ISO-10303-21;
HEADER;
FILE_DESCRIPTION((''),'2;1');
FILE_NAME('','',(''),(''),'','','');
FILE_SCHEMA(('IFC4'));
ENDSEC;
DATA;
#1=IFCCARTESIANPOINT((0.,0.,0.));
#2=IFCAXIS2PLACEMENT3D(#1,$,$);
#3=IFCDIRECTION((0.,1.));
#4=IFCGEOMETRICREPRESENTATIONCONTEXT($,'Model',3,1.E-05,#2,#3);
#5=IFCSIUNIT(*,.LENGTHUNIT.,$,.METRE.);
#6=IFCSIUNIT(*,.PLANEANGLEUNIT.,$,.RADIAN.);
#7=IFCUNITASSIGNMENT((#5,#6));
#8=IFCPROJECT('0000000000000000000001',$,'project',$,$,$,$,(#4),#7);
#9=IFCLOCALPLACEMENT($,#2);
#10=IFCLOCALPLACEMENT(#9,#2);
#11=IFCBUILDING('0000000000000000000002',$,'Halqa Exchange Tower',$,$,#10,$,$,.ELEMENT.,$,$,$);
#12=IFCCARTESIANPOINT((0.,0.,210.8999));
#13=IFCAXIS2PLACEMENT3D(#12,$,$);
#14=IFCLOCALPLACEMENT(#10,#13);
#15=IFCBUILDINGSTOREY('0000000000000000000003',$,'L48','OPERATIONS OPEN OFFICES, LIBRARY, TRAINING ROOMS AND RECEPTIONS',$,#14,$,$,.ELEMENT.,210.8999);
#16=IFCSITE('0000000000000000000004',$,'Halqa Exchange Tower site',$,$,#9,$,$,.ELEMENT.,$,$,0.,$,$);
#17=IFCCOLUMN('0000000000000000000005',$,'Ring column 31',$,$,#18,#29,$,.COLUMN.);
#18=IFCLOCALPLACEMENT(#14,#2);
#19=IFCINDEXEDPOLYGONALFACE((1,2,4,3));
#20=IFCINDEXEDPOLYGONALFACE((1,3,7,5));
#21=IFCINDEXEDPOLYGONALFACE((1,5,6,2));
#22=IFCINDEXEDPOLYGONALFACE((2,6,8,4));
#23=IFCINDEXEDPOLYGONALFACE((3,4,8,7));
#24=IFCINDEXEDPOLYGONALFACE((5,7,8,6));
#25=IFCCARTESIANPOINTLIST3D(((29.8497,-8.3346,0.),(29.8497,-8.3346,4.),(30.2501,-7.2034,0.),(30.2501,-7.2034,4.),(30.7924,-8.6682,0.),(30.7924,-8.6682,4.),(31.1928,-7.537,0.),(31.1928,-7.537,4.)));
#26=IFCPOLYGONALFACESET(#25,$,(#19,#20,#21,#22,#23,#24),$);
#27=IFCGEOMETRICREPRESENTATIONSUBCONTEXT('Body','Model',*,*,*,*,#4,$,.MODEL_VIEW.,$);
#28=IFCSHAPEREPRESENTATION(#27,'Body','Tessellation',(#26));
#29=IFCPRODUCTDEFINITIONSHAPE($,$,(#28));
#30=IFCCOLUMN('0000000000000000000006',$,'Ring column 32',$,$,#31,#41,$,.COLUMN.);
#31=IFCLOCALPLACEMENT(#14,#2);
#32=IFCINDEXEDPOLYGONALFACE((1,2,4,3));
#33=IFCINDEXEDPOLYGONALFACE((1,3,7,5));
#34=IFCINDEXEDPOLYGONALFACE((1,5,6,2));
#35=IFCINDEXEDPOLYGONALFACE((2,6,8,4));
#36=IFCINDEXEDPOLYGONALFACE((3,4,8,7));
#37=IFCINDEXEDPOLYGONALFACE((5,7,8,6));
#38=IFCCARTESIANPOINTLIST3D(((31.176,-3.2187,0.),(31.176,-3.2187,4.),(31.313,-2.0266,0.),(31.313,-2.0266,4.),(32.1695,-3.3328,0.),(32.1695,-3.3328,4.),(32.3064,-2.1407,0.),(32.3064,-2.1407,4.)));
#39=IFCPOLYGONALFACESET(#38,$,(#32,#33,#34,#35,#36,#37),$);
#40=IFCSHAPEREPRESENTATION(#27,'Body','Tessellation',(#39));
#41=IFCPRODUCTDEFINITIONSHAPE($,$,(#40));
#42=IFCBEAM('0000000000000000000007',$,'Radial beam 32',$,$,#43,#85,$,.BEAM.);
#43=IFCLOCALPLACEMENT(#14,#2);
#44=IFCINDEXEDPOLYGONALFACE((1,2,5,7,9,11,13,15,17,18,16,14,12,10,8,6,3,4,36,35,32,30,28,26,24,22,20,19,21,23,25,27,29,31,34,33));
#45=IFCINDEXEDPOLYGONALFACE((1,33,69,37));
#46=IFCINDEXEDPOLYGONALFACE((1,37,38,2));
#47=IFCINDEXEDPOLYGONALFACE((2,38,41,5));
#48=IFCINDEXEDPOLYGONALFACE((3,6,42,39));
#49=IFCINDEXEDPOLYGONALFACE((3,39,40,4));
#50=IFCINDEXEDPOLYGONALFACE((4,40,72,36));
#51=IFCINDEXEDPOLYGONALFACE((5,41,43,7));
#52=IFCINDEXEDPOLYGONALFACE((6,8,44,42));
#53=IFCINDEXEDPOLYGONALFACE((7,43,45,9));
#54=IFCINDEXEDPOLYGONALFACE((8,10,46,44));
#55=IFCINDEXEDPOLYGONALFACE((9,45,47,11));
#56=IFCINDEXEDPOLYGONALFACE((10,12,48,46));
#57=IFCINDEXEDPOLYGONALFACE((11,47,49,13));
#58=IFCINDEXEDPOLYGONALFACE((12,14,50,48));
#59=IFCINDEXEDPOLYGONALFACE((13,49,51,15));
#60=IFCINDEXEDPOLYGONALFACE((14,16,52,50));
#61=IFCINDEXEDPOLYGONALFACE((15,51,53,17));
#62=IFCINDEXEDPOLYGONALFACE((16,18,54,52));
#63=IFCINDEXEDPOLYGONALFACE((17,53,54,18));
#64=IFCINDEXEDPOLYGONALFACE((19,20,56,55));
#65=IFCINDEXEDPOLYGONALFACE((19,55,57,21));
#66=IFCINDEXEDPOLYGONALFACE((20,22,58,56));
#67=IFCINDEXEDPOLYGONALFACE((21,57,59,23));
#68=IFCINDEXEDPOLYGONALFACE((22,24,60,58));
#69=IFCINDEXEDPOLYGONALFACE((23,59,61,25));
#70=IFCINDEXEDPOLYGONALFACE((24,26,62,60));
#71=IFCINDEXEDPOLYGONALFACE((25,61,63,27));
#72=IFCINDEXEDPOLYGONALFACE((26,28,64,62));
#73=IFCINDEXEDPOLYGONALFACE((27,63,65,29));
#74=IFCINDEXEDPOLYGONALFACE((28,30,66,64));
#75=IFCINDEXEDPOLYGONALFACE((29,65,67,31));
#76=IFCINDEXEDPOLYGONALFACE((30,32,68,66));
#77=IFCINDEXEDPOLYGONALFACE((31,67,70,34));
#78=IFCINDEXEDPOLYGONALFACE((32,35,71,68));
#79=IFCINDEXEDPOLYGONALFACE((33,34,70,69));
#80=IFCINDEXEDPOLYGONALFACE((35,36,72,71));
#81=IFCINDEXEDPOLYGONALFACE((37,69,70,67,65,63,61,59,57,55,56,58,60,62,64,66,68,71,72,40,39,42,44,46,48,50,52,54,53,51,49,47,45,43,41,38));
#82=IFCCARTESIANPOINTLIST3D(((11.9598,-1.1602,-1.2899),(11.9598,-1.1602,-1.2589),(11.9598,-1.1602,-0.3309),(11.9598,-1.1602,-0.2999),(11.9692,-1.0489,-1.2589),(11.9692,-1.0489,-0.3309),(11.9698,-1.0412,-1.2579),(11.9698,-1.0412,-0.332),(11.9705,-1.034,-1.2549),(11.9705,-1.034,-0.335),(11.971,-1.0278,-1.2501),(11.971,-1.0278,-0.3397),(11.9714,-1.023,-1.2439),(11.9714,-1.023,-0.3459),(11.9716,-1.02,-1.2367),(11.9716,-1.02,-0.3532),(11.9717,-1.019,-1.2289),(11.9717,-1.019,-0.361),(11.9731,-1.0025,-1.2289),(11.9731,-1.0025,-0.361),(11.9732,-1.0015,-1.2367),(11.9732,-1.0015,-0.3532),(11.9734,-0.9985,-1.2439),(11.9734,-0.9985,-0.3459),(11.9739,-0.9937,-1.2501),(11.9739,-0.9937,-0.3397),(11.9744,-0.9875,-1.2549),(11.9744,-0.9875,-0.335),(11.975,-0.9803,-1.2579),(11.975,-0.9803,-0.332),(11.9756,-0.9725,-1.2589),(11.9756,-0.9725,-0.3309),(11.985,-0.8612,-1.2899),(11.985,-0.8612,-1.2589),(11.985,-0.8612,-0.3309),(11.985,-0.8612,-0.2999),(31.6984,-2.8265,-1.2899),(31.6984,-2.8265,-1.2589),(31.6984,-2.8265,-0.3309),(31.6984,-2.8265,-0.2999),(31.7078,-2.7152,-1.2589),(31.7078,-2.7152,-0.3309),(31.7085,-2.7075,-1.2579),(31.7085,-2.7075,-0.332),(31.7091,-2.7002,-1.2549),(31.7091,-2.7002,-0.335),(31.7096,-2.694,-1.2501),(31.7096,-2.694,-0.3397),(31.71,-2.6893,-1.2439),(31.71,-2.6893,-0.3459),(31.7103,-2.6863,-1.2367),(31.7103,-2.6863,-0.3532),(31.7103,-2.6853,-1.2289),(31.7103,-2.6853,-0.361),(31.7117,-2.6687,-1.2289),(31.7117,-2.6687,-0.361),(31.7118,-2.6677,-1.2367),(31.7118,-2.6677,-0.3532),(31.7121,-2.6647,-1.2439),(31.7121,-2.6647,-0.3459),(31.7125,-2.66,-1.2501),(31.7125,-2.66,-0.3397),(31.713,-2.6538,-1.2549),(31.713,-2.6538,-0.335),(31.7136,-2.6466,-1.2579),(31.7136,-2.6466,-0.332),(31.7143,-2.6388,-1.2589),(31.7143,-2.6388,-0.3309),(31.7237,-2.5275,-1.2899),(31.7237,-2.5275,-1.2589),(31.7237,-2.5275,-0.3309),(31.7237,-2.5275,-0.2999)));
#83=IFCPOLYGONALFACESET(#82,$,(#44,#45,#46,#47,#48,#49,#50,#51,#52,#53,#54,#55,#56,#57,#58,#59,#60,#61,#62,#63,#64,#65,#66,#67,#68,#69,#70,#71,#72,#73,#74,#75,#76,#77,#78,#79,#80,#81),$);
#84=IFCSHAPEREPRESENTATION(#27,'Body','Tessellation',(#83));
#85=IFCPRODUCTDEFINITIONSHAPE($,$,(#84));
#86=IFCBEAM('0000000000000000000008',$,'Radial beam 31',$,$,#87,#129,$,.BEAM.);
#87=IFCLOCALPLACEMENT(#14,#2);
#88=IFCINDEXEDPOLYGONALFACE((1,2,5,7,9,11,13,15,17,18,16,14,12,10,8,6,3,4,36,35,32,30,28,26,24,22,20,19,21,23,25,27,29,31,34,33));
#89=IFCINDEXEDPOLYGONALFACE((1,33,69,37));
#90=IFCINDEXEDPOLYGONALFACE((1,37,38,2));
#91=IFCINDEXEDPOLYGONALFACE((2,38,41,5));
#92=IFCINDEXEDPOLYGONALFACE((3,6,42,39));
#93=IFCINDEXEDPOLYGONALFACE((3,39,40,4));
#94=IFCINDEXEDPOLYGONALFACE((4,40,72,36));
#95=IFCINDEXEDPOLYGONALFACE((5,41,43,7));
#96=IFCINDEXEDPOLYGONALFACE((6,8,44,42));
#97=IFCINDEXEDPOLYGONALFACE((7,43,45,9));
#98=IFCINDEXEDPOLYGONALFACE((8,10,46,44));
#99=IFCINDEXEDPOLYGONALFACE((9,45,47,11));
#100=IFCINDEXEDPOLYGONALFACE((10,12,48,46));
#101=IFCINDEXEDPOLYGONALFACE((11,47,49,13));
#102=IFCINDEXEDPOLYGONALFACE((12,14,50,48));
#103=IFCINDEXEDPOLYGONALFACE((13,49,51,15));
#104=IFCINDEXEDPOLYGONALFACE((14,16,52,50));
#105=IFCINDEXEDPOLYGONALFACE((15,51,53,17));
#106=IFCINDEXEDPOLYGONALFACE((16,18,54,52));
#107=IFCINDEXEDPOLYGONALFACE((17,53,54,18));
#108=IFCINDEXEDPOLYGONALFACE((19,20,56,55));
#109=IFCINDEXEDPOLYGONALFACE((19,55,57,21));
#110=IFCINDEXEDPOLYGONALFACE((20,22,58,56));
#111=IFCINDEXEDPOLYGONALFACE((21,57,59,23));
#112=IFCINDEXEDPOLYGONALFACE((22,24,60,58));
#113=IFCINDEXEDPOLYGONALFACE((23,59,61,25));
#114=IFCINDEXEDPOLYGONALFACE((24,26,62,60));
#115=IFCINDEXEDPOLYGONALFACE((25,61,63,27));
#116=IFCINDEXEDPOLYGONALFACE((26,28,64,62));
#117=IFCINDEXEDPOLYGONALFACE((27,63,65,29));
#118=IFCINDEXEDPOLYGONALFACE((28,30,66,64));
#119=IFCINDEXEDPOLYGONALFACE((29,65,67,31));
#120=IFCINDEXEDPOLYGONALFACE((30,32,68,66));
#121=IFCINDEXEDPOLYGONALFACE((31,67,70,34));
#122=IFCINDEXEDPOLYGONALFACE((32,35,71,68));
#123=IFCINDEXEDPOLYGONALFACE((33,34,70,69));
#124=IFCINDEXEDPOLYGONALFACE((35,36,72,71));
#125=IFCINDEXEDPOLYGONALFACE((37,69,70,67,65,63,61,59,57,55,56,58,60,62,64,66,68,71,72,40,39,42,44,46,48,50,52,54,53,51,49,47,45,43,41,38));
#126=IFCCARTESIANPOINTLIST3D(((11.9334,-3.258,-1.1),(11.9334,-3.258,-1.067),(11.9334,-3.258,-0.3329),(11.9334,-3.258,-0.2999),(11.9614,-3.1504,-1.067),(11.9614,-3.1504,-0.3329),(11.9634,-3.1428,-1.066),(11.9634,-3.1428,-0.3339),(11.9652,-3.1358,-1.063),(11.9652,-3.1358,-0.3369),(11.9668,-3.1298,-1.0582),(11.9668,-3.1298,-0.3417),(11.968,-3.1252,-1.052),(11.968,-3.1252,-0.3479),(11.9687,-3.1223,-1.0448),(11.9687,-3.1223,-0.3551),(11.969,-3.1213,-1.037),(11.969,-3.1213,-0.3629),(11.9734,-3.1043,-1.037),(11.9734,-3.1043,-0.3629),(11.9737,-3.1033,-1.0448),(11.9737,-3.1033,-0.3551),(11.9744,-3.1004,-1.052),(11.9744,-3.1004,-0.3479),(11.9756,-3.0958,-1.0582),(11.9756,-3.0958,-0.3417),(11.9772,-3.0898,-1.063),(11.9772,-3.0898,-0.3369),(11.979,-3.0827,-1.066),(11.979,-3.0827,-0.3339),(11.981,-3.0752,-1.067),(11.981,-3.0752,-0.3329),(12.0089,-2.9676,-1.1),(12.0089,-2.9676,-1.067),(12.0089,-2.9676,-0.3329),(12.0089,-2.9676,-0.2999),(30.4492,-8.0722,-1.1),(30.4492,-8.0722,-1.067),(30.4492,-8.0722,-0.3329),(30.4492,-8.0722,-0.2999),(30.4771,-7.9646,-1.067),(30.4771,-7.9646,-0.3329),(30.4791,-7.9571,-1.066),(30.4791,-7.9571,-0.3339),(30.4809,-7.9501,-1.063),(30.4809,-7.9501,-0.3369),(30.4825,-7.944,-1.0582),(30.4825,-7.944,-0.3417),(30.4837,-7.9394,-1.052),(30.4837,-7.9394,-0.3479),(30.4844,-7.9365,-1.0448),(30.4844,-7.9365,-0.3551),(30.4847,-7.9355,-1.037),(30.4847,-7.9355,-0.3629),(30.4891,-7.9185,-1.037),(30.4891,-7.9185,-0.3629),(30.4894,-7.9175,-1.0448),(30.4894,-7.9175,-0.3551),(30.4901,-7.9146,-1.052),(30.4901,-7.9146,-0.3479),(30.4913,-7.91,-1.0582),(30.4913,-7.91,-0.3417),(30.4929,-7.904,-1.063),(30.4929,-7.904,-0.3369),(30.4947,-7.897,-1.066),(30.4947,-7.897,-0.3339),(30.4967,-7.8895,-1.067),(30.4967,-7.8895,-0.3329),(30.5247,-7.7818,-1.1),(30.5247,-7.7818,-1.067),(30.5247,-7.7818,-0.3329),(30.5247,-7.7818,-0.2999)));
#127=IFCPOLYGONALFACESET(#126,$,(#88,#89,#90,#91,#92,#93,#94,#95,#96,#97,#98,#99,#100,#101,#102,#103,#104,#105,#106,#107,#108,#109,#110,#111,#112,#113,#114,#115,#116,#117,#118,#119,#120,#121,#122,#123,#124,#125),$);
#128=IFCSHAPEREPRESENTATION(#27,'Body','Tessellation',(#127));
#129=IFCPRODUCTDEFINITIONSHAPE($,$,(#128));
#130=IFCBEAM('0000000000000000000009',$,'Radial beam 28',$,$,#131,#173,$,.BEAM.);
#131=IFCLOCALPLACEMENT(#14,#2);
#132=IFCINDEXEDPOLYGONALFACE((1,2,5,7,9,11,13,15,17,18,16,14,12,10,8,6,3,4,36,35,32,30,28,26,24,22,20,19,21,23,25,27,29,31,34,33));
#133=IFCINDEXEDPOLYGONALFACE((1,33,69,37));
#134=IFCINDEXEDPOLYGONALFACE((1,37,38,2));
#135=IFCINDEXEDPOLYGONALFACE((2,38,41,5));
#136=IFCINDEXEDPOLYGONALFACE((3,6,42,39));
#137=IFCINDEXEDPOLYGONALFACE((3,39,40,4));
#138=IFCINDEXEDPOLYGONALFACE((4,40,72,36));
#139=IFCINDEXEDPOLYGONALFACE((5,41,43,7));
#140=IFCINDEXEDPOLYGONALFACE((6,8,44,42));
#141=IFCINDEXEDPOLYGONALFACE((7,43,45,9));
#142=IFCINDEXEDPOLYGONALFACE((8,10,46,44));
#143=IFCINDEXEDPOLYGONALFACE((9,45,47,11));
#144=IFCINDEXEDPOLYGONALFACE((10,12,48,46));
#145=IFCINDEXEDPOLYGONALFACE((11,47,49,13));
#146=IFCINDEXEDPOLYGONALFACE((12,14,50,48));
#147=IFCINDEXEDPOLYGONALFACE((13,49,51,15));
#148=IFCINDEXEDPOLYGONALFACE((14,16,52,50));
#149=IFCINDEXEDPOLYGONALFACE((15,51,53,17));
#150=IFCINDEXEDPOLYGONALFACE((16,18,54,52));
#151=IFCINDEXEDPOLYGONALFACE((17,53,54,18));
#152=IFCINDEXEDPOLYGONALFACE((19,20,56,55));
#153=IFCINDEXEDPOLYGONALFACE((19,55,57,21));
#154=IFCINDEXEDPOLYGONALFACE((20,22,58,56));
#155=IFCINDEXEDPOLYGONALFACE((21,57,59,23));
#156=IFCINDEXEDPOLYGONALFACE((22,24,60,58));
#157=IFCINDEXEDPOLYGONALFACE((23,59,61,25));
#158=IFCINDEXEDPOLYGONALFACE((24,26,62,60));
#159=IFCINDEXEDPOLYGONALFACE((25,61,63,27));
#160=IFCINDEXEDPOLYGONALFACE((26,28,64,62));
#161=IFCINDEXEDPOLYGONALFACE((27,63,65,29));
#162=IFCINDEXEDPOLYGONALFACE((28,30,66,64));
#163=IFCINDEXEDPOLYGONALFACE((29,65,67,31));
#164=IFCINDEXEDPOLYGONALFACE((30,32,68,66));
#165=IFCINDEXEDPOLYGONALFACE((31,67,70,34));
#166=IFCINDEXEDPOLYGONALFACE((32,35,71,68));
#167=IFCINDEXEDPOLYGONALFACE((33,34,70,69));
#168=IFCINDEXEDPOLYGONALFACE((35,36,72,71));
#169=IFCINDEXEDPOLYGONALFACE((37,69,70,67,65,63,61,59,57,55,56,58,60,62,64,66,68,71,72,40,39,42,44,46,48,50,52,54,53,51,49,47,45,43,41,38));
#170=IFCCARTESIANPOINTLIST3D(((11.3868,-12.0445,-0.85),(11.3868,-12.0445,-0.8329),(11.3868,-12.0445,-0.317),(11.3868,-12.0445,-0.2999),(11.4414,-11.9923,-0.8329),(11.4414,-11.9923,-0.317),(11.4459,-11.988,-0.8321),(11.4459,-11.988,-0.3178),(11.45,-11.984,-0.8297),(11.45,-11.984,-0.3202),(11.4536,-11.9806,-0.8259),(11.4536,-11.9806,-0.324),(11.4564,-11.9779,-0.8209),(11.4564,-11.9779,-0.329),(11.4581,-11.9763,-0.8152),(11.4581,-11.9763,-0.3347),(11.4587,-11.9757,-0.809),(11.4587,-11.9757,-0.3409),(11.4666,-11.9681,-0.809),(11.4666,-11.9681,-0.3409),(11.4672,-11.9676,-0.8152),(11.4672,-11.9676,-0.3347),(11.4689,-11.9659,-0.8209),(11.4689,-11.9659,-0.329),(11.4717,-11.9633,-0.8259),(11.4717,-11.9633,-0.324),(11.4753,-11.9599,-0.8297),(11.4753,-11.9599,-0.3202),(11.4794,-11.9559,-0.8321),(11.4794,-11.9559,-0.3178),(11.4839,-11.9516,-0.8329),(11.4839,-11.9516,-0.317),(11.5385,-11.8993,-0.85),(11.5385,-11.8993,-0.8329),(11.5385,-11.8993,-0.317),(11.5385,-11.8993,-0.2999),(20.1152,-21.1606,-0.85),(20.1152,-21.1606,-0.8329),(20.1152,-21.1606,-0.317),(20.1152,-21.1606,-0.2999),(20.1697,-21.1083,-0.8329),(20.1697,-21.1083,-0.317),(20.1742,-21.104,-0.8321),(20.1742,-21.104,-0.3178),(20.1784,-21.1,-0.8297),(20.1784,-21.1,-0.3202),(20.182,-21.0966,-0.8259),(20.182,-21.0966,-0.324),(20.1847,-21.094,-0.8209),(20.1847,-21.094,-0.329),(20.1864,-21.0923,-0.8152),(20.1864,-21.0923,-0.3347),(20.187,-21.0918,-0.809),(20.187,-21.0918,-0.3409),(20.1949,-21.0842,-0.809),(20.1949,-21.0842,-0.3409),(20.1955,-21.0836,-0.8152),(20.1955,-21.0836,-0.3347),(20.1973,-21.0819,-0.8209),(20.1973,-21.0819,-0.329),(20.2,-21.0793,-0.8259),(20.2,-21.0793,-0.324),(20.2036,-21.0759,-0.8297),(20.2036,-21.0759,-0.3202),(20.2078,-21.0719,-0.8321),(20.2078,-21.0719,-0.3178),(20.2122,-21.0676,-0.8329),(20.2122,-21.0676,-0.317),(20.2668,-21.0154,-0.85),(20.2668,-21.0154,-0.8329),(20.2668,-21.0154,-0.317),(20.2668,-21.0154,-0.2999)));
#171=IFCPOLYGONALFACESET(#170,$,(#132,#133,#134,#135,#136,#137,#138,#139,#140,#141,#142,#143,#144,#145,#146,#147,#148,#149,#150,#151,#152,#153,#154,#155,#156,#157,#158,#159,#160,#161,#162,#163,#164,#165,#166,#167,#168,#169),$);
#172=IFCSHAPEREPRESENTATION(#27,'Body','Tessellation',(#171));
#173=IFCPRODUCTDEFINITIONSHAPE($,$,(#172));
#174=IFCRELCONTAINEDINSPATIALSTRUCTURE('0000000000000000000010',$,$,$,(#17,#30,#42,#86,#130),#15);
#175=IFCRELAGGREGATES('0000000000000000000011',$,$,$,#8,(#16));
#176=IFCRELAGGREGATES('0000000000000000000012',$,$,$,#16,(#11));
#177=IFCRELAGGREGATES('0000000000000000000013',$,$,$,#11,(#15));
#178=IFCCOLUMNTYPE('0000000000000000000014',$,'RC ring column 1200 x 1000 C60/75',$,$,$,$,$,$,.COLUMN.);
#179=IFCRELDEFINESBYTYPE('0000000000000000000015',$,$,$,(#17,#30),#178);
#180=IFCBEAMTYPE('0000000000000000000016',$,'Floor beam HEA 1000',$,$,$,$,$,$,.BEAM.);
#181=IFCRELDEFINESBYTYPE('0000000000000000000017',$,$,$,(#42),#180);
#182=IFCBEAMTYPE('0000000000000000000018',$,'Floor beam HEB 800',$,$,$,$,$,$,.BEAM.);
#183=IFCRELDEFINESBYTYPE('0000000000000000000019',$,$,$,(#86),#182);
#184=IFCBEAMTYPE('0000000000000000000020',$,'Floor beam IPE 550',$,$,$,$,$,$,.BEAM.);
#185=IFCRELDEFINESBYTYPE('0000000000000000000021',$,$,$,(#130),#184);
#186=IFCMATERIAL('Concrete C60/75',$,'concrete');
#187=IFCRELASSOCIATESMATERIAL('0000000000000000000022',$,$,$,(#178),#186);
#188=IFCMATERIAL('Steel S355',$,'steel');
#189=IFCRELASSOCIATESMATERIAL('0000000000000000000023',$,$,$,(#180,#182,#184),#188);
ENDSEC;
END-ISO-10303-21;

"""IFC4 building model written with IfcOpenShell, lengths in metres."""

from ifc_helpers import new_model, si_unit, direction, frame, origin, origin_2d, place, context, subcontext, project, spatial, rectangle, i_section, extrude, material, material_profile, profile_set, type_object, element, save


model = new_model("IFC4")

# Units and contexts
model_context = context("Model", 3, precision=1e-05, world=origin(), true_north=direction((0.0, 1.0)))
body_context = subcontext(model_context, "Body", "Model", "MODEL_VIEW")
ifc_project = project(units=[si_unit("LENGTHUNIT", "METRE"), si_unit("PLANEANGLEUNIT", "RADIAN")], contexts=[model_context])

# Site, building, storey
site_placement = place(None, origin())
site = spatial("IfcSite", under=ifc_project, at=site_placement, Name="Halqa Exchange Tower site", CompositionType="ELEMENT", RefElevation=0.0)
building_placement = place(site_placement, origin())
building = spatial("IfcBuilding", under=site, at=building_placement, Name="Halqa Exchange Tower", CompositionType="ELEMENT")
storey_placement = place(building_placement, frame((0.0, 0.0, 210.8999)))
storey = spatial("IfcBuildingStorey", under=building, at=storey_placement, Name="L48", Description="OPERATIONS OPEN OFFICES, LIBRARY, TRAINING ROOMS AND RECEPTIONS", CompositionType="ELEMENT", Elevation=210.8999)

# Columns
ifc_material_1 = material(Name="Concrete C60/75", Category="concrete")
ifc_material_profile_1 = material_profile(ifc_material_1, rectangle(XDim=1.2, YDim=1.0, at=origin_2d()), Name="1200 x 1000")
ifc_profile_set_1 = profile_set([ifc_material_profile_1], Name="Concrete C60/75")
column_type = type_object("IfcColumnType", Name="RC ring column 1200 x 1000 C60/75", PredefinedType="COLUMN", material=ifc_profile_set_1)
for number, where, z_axis, x_axis, name in (
    (1, (30.5212, -7.9358, 0.0), (0.0, 0.0, 1.0), (0.333626, 0.942706, 0.0), "Ring column 31"),
    (2, (31.7412, -2.6797, 0.0), (0.0, 0.0, 1.0), (0.114157, 0.993463, 0.0), "Ring column 32"),
):
    element("IfcColumn", number, at=place(storey_placement, frame(where, z_axis=z_axis, x_axis=x_axis)), inside=storey, type_object=column_type, Name=name, PredefinedType="COLUMN", context=body_context, shape_type="SweptSolid", body=[
        extrude(rectangle(XDim=1.2, YDim=1.0, at=origin_2d()), origin(), (0.0, 0.0, 1.0), 4.0),
    ])

# Beams
ifc_material_2 = material(Name="Steel S355", Category="steel")
ifc_material_profile_2 = material_profile(ifc_material_2, i_section(OverallWidth=0.3, OverallDepth=0.99, WebThickness=0.0166, FlangeThickness=0.031, FilletRadius=0.03, at=origin_2d()), Name="HEA 1000")
ifc_profile_set_2 = profile_set([ifc_material_profile_2], Name="Steel S355")
beam_type_1 = type_object("IfcBeamType", Name="Floor beam HEA 1000", PredefinedType="BEAM", material=ifc_profile_set_2)
beam_1_placement = place(storey_placement, frame((11.9724, -1.0107, -0.7949), z_axis=(0.996456, -0.084117, 0.0), x_axis=(0.084117, 0.996456, 0.0)))
element("IfcBeam", 3, at=beam_1_placement, inside=storey, type_object=beam_type_1, Name="Radial beam 32", PredefinedType="BEAM", context=body_context, shape_type="SweptSolid", body=[
    extrude(i_section(OverallWidth=0.3, OverallDepth=0.99, WebThickness=0.0166, FlangeThickness=0.031, FilletRadius=0.03, at=origin_2d()), origin(), (0.0, 0.0, 1.0), 19.8088),
])
ifc_material_profile_3 = material_profile(ifc_material_2, i_section(OverallWidth=0.3, OverallDepth=0.8, WebThickness=0.0176, FlangeThickness=0.033, FilletRadius=0.03, at=origin_2d()), Name="HEB 800")
ifc_profile_set_3 = profile_set([ifc_material_profile_3], Name="Steel S355")
beam_type_2 = type_object("IfcBeamType", Name="Floor beam HEB 800", PredefinedType="BEAM", material=ifc_profile_set_3)
beam_2_placement = place(storey_placement, frame((11.9712, -3.1128, -0.7), z_axis=(0.967821, -0.251641, 0.0), x_axis=(0.251641, 0.967821, 0.0)))
element("IfcBeam", 4, at=beam_2_placement, inside=storey, type_object=beam_type_2, Name="Radial beam 31", PredefinedType="BEAM", context=body_context, shape_type="SweptSolid", body=[
    extrude(i_section(OverallWidth=0.3, OverallDepth=0.8, WebThickness=0.0176, FlangeThickness=0.033, FilletRadius=0.03, at=origin_2d()), origin(), (0.0, 0.0, 1.0), 19.1313),
])
ifc_material_profile_4 = material_profile(ifc_material_2, i_section(OverallWidth=0.21, OverallDepth=0.55, WebThickness=0.011, FlangeThickness=0.0171, FilletRadius=0.0239, at=origin_2d()), Name="IPE 550")
ifc_profile_set_4 = profile_set([ifc_material_profile_4], Name="Steel S355")
beam_type_3 = type_object("IfcBeamType", Name="Floor beam IPE 550", PredefinedType="BEAM", material=ifc_profile_set_4)
beam_3_placement = place(storey_placement, frame((11.4626, -11.9719, -0.575), z_axis=(0.691581, -0.722299, 0.0), x_axis=(0.722299, 0.691581, 0.0)))
element("IfcBeam", 5, at=beam_3_placement, inside=storey, type_object=beam_type_3, Name="Radial beam 28", PredefinedType="BEAM", context=body_context, shape_type="SweptSolid", body=[
    extrude(i_section(OverallWidth=0.21, OverallDepth=0.55, WebThickness=0.011, FlangeThickness=0.0171, FilletRadius=0.0239, at=origin_2d()), origin(), (0.0, 0.0, 1.0), 12.6208),
])

save(model, "model.ifc")
